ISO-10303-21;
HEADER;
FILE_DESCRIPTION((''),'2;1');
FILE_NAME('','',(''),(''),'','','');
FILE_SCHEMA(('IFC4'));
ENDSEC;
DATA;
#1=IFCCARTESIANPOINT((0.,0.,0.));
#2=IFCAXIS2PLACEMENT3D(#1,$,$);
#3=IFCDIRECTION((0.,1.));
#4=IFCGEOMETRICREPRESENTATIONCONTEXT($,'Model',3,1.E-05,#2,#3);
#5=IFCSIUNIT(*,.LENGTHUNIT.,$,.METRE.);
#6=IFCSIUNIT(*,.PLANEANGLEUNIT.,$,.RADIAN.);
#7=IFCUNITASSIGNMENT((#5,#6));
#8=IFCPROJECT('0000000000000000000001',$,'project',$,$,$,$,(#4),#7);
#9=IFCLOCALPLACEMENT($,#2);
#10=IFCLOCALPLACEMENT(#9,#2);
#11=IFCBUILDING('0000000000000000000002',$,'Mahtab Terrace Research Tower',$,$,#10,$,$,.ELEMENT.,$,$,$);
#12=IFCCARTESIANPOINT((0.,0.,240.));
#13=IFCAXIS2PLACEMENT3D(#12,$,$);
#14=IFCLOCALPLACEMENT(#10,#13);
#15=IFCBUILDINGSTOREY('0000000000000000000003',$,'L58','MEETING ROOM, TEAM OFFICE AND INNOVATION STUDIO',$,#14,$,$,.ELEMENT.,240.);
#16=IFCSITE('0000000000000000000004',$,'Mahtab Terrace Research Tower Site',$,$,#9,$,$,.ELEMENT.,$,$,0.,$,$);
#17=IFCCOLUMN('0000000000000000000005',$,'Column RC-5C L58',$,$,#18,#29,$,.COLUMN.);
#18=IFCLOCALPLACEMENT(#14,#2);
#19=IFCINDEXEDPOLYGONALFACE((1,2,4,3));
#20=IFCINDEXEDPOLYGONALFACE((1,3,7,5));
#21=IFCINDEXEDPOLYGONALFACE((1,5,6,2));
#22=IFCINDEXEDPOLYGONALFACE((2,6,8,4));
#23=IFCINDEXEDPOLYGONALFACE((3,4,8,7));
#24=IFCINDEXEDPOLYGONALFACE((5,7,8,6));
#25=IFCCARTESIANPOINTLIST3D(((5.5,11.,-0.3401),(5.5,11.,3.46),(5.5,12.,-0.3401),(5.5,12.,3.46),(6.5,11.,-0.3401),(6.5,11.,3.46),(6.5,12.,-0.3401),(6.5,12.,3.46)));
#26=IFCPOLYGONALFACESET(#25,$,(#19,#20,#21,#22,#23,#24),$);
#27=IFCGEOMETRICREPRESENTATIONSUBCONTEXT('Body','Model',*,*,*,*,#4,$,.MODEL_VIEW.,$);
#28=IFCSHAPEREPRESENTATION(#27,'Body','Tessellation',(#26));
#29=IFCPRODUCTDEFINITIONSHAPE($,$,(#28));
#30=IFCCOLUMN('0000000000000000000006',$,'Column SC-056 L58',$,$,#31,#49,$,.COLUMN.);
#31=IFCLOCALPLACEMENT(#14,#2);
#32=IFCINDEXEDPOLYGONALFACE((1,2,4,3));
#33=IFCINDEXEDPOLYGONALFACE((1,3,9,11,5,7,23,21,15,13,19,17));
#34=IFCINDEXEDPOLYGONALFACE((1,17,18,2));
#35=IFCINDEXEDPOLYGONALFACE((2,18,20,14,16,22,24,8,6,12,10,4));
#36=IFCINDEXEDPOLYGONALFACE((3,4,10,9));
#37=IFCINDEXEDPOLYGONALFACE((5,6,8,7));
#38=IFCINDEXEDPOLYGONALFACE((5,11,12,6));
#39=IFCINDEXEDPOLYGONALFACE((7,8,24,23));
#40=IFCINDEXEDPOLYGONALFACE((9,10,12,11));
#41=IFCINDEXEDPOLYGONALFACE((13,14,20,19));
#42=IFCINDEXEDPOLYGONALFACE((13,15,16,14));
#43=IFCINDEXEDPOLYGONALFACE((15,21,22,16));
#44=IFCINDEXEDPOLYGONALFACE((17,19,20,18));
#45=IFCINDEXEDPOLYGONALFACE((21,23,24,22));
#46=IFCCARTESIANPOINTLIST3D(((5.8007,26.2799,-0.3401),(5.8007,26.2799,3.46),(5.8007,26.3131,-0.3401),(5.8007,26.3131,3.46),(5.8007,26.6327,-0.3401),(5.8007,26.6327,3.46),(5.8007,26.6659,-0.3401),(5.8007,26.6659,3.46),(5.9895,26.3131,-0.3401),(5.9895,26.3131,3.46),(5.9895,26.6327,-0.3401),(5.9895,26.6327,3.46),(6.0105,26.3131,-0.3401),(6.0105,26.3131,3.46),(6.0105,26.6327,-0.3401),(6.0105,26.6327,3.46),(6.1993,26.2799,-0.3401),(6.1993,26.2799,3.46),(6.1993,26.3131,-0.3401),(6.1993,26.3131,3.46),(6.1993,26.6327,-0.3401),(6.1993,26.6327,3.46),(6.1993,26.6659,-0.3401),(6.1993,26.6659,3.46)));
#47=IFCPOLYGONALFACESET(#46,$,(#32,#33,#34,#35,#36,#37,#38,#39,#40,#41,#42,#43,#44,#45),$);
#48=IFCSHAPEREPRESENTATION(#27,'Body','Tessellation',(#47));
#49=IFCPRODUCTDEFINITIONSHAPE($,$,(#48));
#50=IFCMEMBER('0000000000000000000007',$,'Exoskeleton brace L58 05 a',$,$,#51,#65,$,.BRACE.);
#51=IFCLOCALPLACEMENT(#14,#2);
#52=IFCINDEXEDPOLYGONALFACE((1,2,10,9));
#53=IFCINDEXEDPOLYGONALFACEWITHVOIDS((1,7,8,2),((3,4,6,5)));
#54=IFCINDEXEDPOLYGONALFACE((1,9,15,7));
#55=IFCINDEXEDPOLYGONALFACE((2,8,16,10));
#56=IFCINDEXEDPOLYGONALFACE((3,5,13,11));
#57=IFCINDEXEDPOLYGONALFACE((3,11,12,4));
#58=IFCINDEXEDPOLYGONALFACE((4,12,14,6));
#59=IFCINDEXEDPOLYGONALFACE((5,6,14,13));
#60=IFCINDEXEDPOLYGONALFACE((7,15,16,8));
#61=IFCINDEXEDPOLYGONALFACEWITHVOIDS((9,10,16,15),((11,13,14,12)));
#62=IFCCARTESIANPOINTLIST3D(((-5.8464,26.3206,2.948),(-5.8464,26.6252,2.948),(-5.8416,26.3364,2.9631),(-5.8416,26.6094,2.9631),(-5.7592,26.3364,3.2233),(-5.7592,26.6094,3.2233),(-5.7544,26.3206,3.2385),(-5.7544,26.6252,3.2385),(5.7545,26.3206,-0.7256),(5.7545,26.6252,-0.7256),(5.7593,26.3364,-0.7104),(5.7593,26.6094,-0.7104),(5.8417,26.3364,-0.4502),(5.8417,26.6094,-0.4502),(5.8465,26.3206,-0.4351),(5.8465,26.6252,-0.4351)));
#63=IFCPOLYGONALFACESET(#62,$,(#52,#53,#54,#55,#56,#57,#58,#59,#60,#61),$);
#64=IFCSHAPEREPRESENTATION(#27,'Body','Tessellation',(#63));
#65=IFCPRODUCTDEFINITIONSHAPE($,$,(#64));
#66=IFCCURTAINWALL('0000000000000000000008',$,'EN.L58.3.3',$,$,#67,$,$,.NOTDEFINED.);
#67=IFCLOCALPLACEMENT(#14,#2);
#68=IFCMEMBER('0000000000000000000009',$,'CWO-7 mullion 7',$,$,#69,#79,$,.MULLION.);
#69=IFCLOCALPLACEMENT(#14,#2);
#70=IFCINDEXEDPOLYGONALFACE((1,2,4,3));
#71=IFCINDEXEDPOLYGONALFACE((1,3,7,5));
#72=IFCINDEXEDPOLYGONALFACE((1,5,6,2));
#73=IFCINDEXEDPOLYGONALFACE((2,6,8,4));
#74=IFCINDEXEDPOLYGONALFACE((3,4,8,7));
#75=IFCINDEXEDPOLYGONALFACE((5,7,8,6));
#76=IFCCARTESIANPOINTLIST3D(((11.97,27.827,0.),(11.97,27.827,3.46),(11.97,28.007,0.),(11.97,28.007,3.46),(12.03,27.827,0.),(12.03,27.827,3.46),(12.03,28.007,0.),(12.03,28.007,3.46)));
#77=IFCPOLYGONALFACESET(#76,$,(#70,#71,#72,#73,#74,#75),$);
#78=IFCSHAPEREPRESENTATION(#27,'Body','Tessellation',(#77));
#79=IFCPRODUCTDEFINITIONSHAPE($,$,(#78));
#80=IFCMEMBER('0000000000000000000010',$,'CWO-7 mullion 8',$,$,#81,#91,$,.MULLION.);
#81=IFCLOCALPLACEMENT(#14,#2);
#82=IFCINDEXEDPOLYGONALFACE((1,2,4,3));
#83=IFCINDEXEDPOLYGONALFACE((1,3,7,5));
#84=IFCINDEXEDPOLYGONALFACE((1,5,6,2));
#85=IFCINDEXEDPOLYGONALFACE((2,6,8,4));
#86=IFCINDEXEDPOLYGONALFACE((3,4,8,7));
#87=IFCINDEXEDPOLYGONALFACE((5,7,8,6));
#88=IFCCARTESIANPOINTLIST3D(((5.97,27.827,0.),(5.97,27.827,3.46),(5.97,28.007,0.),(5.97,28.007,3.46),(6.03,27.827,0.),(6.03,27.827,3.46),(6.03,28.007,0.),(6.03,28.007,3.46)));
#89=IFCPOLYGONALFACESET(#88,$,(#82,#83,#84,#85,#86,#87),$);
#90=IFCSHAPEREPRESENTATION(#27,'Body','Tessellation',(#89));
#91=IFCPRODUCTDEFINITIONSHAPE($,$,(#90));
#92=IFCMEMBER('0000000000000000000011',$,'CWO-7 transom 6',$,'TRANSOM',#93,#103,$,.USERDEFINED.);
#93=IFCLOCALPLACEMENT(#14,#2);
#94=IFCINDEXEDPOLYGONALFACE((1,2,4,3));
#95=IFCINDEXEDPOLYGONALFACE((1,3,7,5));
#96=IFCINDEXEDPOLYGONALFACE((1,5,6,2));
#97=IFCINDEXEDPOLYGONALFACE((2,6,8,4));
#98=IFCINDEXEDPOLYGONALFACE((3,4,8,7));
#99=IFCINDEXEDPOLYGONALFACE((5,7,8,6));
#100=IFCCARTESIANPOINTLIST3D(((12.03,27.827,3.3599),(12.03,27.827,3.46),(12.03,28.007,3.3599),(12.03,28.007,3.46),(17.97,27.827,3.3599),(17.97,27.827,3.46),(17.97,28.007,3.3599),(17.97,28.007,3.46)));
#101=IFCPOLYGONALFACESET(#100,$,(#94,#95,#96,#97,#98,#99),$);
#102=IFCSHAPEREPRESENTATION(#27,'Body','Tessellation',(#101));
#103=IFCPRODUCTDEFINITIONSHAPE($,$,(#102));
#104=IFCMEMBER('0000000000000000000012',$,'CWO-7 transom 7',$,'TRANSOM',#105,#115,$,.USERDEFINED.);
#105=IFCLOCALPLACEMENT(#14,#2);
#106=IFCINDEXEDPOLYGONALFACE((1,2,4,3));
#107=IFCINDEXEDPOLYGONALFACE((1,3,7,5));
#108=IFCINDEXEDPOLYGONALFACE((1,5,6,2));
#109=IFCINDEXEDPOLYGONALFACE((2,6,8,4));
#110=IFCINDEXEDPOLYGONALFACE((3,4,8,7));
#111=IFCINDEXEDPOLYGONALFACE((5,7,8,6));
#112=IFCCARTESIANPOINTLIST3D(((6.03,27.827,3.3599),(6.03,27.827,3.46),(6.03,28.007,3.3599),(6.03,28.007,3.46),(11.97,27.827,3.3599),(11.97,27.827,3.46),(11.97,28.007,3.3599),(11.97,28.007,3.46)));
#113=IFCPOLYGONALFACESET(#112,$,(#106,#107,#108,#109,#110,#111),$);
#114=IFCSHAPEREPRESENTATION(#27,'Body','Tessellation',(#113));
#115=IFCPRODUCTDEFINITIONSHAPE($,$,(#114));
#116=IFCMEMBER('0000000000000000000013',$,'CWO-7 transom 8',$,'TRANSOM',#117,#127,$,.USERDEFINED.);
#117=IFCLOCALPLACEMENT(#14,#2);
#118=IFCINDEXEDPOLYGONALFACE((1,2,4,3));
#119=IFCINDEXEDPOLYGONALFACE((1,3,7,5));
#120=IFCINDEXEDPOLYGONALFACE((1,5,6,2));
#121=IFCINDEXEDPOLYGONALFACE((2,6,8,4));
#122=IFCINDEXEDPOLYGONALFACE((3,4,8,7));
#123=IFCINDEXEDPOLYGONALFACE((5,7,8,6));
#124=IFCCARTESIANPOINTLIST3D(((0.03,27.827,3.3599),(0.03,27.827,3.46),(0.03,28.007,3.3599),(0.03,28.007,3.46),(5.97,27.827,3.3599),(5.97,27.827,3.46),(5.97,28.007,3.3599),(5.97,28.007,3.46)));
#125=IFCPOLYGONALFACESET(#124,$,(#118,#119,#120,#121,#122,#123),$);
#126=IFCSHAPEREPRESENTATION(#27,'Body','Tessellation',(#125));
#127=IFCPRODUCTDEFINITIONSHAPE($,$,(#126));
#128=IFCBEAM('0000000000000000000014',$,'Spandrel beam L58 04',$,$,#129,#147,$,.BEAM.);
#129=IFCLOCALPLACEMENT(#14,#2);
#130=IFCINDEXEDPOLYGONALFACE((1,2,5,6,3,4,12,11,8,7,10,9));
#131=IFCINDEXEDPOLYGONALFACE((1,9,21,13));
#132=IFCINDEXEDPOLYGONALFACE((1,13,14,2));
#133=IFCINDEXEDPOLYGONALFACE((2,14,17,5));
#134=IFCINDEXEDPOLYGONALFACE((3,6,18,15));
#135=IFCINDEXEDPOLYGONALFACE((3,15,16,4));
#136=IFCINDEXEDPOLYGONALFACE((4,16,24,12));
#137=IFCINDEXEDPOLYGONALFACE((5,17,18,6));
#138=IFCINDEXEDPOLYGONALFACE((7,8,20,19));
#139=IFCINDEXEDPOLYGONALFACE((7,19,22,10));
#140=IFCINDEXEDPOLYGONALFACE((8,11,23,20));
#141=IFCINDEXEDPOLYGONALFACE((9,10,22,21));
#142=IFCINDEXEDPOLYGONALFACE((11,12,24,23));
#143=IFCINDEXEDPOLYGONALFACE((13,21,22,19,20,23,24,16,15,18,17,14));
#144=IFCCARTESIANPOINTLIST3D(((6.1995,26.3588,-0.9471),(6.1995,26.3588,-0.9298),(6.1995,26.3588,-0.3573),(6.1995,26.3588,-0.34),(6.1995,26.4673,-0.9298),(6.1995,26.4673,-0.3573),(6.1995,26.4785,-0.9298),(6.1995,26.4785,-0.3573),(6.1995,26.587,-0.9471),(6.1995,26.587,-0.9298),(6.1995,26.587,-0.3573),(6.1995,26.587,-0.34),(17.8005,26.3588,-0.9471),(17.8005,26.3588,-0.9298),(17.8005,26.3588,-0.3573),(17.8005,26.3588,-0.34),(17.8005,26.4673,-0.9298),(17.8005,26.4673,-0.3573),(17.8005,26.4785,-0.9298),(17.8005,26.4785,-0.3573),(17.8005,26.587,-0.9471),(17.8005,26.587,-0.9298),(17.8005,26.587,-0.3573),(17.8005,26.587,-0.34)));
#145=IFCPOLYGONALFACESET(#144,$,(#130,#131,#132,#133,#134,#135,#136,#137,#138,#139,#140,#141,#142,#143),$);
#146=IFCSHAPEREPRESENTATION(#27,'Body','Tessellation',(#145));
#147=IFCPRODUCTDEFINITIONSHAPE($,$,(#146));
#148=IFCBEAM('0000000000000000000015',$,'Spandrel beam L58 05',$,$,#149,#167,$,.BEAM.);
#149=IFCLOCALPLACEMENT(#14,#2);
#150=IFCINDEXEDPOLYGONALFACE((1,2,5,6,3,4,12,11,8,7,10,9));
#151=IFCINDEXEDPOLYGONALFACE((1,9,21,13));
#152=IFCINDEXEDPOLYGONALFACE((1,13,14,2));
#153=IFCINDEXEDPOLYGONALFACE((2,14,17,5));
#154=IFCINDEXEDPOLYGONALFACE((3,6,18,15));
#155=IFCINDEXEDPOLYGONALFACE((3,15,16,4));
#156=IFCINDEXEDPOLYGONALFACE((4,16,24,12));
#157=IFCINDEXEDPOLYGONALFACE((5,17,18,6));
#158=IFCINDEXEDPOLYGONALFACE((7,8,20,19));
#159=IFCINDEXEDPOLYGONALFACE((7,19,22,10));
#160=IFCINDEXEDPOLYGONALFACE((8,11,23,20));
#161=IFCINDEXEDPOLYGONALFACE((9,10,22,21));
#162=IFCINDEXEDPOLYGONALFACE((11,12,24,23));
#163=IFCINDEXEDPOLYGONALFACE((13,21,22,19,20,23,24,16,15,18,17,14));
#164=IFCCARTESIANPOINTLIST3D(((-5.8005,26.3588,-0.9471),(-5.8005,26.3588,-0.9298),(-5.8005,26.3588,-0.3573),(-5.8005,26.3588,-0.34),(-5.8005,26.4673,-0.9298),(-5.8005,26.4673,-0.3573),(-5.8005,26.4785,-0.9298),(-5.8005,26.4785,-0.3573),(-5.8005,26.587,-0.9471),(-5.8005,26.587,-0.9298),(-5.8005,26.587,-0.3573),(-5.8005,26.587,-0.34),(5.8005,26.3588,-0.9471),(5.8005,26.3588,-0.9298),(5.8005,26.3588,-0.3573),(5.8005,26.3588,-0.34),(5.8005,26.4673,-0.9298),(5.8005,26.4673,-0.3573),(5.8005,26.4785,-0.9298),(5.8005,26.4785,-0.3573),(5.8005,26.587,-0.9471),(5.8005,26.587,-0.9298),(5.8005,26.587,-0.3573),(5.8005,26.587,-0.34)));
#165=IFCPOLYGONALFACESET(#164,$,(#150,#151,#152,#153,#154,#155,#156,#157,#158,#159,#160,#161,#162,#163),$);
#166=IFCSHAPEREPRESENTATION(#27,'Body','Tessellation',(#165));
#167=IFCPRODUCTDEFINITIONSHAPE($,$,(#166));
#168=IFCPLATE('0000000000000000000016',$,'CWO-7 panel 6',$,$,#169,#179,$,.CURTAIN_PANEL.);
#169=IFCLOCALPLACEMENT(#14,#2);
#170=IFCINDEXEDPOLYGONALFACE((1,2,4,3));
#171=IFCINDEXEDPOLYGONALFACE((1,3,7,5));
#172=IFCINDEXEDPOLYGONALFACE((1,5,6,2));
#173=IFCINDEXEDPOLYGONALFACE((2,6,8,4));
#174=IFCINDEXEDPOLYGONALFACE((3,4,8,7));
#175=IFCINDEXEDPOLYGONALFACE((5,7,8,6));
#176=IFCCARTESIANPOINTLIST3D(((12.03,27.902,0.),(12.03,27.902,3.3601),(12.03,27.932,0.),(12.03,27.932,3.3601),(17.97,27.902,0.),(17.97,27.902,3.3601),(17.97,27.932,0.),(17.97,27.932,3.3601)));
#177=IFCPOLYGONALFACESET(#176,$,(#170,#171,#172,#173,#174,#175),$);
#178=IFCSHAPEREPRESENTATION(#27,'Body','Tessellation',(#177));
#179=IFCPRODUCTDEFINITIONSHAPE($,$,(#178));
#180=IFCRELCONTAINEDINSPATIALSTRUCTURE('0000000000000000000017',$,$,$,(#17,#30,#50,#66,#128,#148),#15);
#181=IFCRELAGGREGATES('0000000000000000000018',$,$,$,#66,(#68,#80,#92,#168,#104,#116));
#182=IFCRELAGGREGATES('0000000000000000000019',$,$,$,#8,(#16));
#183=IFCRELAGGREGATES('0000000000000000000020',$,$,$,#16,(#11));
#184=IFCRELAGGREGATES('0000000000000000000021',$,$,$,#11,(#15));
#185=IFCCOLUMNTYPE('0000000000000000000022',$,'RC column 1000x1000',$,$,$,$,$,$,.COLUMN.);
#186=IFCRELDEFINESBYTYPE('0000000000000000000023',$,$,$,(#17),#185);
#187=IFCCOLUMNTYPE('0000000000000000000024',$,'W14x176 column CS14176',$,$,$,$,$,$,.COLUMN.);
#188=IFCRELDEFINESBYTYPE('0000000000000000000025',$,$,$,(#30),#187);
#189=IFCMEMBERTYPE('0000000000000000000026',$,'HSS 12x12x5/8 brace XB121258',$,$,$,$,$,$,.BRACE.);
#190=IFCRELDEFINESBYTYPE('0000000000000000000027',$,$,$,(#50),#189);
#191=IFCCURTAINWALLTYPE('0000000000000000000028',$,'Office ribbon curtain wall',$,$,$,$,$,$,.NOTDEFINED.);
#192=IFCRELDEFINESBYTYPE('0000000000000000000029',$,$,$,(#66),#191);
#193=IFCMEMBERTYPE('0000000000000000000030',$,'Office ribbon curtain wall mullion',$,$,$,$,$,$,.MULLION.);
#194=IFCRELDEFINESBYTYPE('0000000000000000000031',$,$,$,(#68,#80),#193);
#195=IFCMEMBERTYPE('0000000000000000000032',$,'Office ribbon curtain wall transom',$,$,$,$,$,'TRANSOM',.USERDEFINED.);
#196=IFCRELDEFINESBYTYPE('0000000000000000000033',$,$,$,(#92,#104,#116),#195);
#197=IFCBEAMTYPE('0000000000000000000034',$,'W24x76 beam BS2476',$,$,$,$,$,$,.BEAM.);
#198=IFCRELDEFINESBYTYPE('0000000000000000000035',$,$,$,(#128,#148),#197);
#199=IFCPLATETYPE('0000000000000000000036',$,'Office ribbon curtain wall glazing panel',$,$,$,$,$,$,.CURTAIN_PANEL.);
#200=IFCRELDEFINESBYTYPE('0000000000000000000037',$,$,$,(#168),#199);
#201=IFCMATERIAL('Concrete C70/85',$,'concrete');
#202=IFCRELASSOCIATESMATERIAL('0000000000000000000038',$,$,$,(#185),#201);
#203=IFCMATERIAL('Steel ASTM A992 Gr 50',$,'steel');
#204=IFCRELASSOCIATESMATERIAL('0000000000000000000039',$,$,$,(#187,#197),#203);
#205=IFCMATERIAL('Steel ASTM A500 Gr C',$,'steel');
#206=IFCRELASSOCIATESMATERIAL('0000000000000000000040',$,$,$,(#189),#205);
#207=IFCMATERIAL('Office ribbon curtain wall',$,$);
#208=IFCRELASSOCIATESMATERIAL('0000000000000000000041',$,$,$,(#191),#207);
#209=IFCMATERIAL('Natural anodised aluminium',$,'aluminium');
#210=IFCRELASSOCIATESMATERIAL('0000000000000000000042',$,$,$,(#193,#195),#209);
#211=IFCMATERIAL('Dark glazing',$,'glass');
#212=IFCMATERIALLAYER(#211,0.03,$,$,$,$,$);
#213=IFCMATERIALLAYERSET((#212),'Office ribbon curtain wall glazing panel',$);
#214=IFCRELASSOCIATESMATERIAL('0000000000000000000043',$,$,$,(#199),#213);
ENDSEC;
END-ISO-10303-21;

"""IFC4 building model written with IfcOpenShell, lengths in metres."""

from ifc_helpers import new_model, si_unit, direction, frame, origin, origin_2d, place, context, subcontext, project, spatial, rectangle, hollow_rectangle, i_section, extrude, material, layer, layer_set, material_profile, profile_set, type_object, element, aggregate, save


model = new_model("IFC4")

# Units and contexts
model_context = context("Model", 3, precision=1e-05, world=origin(), true_north=direction((0.0, 1.0)))
body_context = subcontext(model_context, "Body", "Model", "MODEL_VIEW")
ifc_project = project(units=[si_unit("LENGTHUNIT", "METRE"), si_unit("PLANEANGLEUNIT", "RADIAN")], contexts=[model_context])

# Site, building, storey
site_placement = place(None, origin())
site = spatial("IfcSite", under=ifc_project, at=site_placement, Name="Mahtab Terrace Research Tower Site", CompositionType="ELEMENT", RefElevation=0.0)
building_placement = place(site_placement, origin())
building = spatial("IfcBuilding", under=site, at=building_placement, Name="Mahtab Terrace Research Tower", CompositionType="ELEMENT")
storey_placement = place(building_placement, frame((0.0, 0.0, 240.0)))
storey = spatial("IfcBuildingStorey", under=building, at=storey_placement, Name="L58", Description="MEETING ROOM, TEAM OFFICE AND INNOVATION STUDIO", CompositionType="ELEMENT", Elevation=240.0)

# Columns
ifc_material_1 = material(Name="Concrete C70/85", Category="concrete")
ifc_material_profile_1 = material_profile(ifc_material_1, rectangle(XDim=1.0, YDim=1.0, at=origin_2d()), Name="RC column 1000x1000")
ifc_profile_set_1 = profile_set([ifc_material_profile_1], Name="Concrete C70/85")
column_type_1 = type_object("IfcColumnType", Name="RC column 1000x1000", PredefinedType="COLUMN", material=ifc_profile_set_1)
column_1_placement = place(storey_placement, frame((6.0, 11.5, -0.3401), z_axis=(0.0, 0.0, 1.0), x_axis=(1.0, 0.0, 0.0)))
element("IfcColumn", 1, at=column_1_placement, inside=storey, type_object=column_type_1, Name="Column RC-5C L58", PredefinedType="COLUMN", context=body_context, shape_type="SweptSolid", body=[
    extrude(rectangle(XDim=1.0, YDim=1.0, at=origin_2d()), origin(), (0.0, 0.0, 1.0), 3.8),
])
ifc_material_2 = material(Name="Steel ASTM A992 Gr 50", Category="steel")
ifc_material_profile_2 = material_profile(ifc_material_2, i_section(OverallWidth=0.3987, OverallDepth=0.386, WebThickness=0.021, FlangeThickness=0.0332, at=origin_2d()), Name="W14X176")
ifc_profile_set_2 = profile_set([ifc_material_profile_2], Name="Steel ASTM A992 Gr 50")
column_type_2 = type_object("IfcColumnType", Name="W14x176 column CS14176", PredefinedType="COLUMN", material=ifc_profile_set_2)
column_2_placement = place(storey_placement, frame((6.0, 26.4729, -0.3401), z_axis=(0.0, 0.0, 1.0), x_axis=(1.0, 0.0, 0.0)))
element("IfcColumn", 2, at=column_2_placement, inside=storey, type_object=column_type_2, Name="Column SC-056 L58", PredefinedType="COLUMN", context=body_context, shape_type="SweptSolid", body=[
    extrude(i_section(OverallWidth=0.3987, OverallDepth=0.386, WebThickness=0.021, FlangeThickness=0.0332, at=origin_2d()), origin(), (0.0, 0.0, 1.0), 3.8),
])

# Member
ifc_material_3 = material(Name="Steel ASTM A500 Gr C", Category="steel")
ifc_material_profile_3 = material_profile(ifc_material_3, hollow_rectangle(XDim=0.3047, YDim=0.3047, WallThickness=0.0159, at=origin_2d()), Name="HSS12X12X5/8")
ifc_profile_set_3 = profile_set([ifc_material_profile_3], Name="Steel ASTM A500 Gr C")
member_type_1 = type_object("IfcMemberType", Name="HSS 12x12x5/8 brace XB121258", PredefinedType="BRACE", material=ifc_profile_set_3)
member_1_placement = place(storey_placement, frame((5.8005, 26.4729, -0.5803), z_axis=(-0.953344, 0.0, 0.301885), x_axis=(0.0, -1.0, 0.0)))
element("IfcMember", 3, at=member_1_placement, inside=storey, type_object=member_type_1, Name="Exoskeleton brace L58 05 a", PredefinedType="BRACE", context=body_context, shape_type="SweptSolid", body=[
    extrude(hollow_rectangle(XDim=0.3047, YDim=0.3047, WallThickness=0.0159, at=origin_2d()), origin(), (0.0, 0.0, 1.0), 12.1687),
])

# Curtain wall, members
ifc_material_4 = material(Name="Office ribbon curtain wall")
curtain_wall_type = type_object("IfcCurtainWallType", Name="Office ribbon curtain wall", PredefinedType="NOTDEFINED", material=ifc_material_4)
curtain_wall_placement = place(storey_placement, origin())
curtain_wall = element("IfcCurtainWall", 4, at=curtain_wall_placement, inside=storey, type_object=curtain_wall_type, Name="EN.L58.3.3", PredefinedType="NOTDEFINED")
ifc_material_5 = material(Name="Natural anodised aluminium", Category="aluminium")
ifc_material_profile_4 = material_profile(ifc_material_5, rectangle(XDim=0.1799, YDim=0.0601, at=origin_2d()), Name="MULLION 60x180")
ifc_profile_set_4 = profile_set([ifc_material_profile_4], Name="Natural anodised aluminium")
member_type_2 = type_object("IfcMemberType", Name="Office ribbon curtain wall mullion", PredefinedType="MULLION", material=ifc_profile_set_4)
member_2_placement = place(storey_placement, frame((12.0, 27.917, 0.0), z_axis=(0.0, 0.0, 1.0), x_axis=(0.0, -1.0, 0.0)))
member_2 = element("IfcMember", 5, at=member_2_placement, type_object=member_type_2, Name="CWO-7 mullion 7", PredefinedType="MULLION", context=body_context, shape_type="SweptSolid", body=[
    extrude(rectangle(XDim=0.1799, YDim=0.0601, at=origin_2d()), origin(), (0.0, 0.0, 1.0), 3.46),
])
member_3_placement = place(storey_placement, frame((6.0, 27.917, 0.0), z_axis=(0.0, 0.0, 1.0), x_axis=(0.0, -1.0, 0.0)))
member_3 = element("IfcMember", 6, at=member_3_placement, type_object=member_type_2, Name="CWO-7 mullion 8", PredefinedType="MULLION", context=body_context, shape_type="SweptSolid", body=[
    extrude(rectangle(XDim=0.1799, YDim=0.0601, at=origin_2d()), origin(), (0.0, 0.0, 1.0), 3.46),
])
ifc_material_profile_5 = material_profile(ifc_material_5, rectangle(XDim=0.1799, YDim=0.1001, at=origin_2d()), Name="TRANSOM 100x180")
ifc_profile_set_5 = profile_set([ifc_material_profile_5], Name="Natural anodised aluminium")
member_type_3 = type_object("IfcMemberType", Name="Office ribbon curtain wall transom", ElementType="TRANSOM", PredefinedType="USERDEFINED", material=ifc_profile_set_5)
member_4_placement = place(storey_placement, frame((17.97, 27.917, 3.4099), z_axis=(-1.0, 0.0, 0.0), x_axis=(0.0, -1.0, 0.0)))
member_4 = element("IfcMember", 7, at=member_4_placement, type_object=member_type_3, Name="CWO-7 transom 6", ObjectType="TRANSOM", PredefinedType="USERDEFINED", context=body_context, shape_type="SweptSolid", body=[
    extrude(rectangle(XDim=0.1799, YDim=0.1001, at=origin_2d()), origin(), (0.0, 0.0, 1.0), 5.9399),
])
member_5_placement = place(storey_placement, frame((11.97, 27.917, 3.4099), z_axis=(-1.0, 0.0, 0.0), x_axis=(0.0, -1.0, 0.0)))
member_5 = element("IfcMember", 8, at=member_5_placement, type_object=member_type_3, Name="CWO-7 transom 7", ObjectType="TRANSOM", PredefinedType="USERDEFINED", context=body_context, shape_type="SweptSolid", body=[
    extrude(rectangle(XDim=0.1799, YDim=0.1001, at=origin_2d()), origin(), (0.0, 0.0, 1.0), 5.9399),
])
member_6_placement = place(storey_placement, frame((5.97, 27.917, 3.4099), z_axis=(-1.0, 0.0, 0.0), x_axis=(0.0, -1.0, 0.0)))
member_6 = element("IfcMember", 9, at=member_6_placement, type_object=member_type_3, Name="CWO-7 transom 8", ObjectType="TRANSOM", PredefinedType="USERDEFINED", context=body_context, shape_type="SweptSolid", body=[
    extrude(rectangle(XDim=0.1799, YDim=0.1001, at=origin_2d()), origin(), (0.0, 0.0, 1.0), 5.9399),
])

# Beams
ifc_material_profile_6 = material_profile(ifc_material_2, i_section(OverallWidth=0.2283, OverallDepth=0.6072, WebThickness=0.0112, FlangeThickness=0.0173, at=origin_2d()), Name="W24X76")
ifc_profile_set_6 = profile_set([ifc_material_profile_6], Name="Steel ASTM A992 Gr 50")
beam_type = type_object("IfcBeamType", Name="W24x76 beam BS2476", PredefinedType="BEAM", material=ifc_profile_set_6)
for number, where, z_axis, x_axis, name in (
    (10, (17.8005, 26.4729, -0.6436), (-1.0, 0.0, 0.0), (0.0, -1.0, 0.0), "Spandrel beam L58 04"),
    (11, (5.8005, 26.4729, -0.6436), (-1.0, 0.0, 0.0), (0.0, -1.0, 0.0), "Spandrel beam L58 05"),
):
    element("IfcBeam", number, at=place(storey_placement, frame(where, z_axis=z_axis, x_axis=x_axis)), inside=storey, type_object=beam_type, Name=name, PredefinedType="BEAM", context=body_context, shape_type="SweptSolid", body=[
        extrude(i_section(OverallWidth=0.2283, OverallDepth=0.6072, WebThickness=0.0112, FlangeThickness=0.0173, at=origin_2d()), origin(), (0.0, 0.0, 1.0), 11.6011),
    ])

# Plate
ifc_material_6 = material(Name="Dark glazing", Category="glass")
ifc_layer_1 = layer(ifc_material_6, 0.03)
ifc_layer_set_1 = layer_set([ifc_layer_1], Name="Office ribbon curtain wall glazing panel")
plate_type_1 = type_object("IfcPlateType", Name="Office ribbon curtain wall glazing panel", PredefinedType="CURTAIN_PANEL", material=ifc_layer_set_1)
plate_1_placement = place(storey_placement, frame((15.0, 27.917, 0.0), z_axis=(0.0, 0.0, 1.0), x_axis=(-1.0, 0.0, 0.0)))
plate_1 = element("IfcPlate", 12, at=plate_1_placement, type_object=plate_type_1, Name="CWO-7 panel 6", PredefinedType="CURTAIN_PANEL", context=body_context, shape_type="SweptSolid", body=[
    extrude(rectangle(XDim=5.9399, YDim=0.03, at=origin_2d()), origin(), (0.0, 0.0, 1.0), 3.3601),
])
aggregate(curtain_wall, [member_2, member_3, member_4, plate_1, member_5, member_6])

save(model, "model.ifc")
